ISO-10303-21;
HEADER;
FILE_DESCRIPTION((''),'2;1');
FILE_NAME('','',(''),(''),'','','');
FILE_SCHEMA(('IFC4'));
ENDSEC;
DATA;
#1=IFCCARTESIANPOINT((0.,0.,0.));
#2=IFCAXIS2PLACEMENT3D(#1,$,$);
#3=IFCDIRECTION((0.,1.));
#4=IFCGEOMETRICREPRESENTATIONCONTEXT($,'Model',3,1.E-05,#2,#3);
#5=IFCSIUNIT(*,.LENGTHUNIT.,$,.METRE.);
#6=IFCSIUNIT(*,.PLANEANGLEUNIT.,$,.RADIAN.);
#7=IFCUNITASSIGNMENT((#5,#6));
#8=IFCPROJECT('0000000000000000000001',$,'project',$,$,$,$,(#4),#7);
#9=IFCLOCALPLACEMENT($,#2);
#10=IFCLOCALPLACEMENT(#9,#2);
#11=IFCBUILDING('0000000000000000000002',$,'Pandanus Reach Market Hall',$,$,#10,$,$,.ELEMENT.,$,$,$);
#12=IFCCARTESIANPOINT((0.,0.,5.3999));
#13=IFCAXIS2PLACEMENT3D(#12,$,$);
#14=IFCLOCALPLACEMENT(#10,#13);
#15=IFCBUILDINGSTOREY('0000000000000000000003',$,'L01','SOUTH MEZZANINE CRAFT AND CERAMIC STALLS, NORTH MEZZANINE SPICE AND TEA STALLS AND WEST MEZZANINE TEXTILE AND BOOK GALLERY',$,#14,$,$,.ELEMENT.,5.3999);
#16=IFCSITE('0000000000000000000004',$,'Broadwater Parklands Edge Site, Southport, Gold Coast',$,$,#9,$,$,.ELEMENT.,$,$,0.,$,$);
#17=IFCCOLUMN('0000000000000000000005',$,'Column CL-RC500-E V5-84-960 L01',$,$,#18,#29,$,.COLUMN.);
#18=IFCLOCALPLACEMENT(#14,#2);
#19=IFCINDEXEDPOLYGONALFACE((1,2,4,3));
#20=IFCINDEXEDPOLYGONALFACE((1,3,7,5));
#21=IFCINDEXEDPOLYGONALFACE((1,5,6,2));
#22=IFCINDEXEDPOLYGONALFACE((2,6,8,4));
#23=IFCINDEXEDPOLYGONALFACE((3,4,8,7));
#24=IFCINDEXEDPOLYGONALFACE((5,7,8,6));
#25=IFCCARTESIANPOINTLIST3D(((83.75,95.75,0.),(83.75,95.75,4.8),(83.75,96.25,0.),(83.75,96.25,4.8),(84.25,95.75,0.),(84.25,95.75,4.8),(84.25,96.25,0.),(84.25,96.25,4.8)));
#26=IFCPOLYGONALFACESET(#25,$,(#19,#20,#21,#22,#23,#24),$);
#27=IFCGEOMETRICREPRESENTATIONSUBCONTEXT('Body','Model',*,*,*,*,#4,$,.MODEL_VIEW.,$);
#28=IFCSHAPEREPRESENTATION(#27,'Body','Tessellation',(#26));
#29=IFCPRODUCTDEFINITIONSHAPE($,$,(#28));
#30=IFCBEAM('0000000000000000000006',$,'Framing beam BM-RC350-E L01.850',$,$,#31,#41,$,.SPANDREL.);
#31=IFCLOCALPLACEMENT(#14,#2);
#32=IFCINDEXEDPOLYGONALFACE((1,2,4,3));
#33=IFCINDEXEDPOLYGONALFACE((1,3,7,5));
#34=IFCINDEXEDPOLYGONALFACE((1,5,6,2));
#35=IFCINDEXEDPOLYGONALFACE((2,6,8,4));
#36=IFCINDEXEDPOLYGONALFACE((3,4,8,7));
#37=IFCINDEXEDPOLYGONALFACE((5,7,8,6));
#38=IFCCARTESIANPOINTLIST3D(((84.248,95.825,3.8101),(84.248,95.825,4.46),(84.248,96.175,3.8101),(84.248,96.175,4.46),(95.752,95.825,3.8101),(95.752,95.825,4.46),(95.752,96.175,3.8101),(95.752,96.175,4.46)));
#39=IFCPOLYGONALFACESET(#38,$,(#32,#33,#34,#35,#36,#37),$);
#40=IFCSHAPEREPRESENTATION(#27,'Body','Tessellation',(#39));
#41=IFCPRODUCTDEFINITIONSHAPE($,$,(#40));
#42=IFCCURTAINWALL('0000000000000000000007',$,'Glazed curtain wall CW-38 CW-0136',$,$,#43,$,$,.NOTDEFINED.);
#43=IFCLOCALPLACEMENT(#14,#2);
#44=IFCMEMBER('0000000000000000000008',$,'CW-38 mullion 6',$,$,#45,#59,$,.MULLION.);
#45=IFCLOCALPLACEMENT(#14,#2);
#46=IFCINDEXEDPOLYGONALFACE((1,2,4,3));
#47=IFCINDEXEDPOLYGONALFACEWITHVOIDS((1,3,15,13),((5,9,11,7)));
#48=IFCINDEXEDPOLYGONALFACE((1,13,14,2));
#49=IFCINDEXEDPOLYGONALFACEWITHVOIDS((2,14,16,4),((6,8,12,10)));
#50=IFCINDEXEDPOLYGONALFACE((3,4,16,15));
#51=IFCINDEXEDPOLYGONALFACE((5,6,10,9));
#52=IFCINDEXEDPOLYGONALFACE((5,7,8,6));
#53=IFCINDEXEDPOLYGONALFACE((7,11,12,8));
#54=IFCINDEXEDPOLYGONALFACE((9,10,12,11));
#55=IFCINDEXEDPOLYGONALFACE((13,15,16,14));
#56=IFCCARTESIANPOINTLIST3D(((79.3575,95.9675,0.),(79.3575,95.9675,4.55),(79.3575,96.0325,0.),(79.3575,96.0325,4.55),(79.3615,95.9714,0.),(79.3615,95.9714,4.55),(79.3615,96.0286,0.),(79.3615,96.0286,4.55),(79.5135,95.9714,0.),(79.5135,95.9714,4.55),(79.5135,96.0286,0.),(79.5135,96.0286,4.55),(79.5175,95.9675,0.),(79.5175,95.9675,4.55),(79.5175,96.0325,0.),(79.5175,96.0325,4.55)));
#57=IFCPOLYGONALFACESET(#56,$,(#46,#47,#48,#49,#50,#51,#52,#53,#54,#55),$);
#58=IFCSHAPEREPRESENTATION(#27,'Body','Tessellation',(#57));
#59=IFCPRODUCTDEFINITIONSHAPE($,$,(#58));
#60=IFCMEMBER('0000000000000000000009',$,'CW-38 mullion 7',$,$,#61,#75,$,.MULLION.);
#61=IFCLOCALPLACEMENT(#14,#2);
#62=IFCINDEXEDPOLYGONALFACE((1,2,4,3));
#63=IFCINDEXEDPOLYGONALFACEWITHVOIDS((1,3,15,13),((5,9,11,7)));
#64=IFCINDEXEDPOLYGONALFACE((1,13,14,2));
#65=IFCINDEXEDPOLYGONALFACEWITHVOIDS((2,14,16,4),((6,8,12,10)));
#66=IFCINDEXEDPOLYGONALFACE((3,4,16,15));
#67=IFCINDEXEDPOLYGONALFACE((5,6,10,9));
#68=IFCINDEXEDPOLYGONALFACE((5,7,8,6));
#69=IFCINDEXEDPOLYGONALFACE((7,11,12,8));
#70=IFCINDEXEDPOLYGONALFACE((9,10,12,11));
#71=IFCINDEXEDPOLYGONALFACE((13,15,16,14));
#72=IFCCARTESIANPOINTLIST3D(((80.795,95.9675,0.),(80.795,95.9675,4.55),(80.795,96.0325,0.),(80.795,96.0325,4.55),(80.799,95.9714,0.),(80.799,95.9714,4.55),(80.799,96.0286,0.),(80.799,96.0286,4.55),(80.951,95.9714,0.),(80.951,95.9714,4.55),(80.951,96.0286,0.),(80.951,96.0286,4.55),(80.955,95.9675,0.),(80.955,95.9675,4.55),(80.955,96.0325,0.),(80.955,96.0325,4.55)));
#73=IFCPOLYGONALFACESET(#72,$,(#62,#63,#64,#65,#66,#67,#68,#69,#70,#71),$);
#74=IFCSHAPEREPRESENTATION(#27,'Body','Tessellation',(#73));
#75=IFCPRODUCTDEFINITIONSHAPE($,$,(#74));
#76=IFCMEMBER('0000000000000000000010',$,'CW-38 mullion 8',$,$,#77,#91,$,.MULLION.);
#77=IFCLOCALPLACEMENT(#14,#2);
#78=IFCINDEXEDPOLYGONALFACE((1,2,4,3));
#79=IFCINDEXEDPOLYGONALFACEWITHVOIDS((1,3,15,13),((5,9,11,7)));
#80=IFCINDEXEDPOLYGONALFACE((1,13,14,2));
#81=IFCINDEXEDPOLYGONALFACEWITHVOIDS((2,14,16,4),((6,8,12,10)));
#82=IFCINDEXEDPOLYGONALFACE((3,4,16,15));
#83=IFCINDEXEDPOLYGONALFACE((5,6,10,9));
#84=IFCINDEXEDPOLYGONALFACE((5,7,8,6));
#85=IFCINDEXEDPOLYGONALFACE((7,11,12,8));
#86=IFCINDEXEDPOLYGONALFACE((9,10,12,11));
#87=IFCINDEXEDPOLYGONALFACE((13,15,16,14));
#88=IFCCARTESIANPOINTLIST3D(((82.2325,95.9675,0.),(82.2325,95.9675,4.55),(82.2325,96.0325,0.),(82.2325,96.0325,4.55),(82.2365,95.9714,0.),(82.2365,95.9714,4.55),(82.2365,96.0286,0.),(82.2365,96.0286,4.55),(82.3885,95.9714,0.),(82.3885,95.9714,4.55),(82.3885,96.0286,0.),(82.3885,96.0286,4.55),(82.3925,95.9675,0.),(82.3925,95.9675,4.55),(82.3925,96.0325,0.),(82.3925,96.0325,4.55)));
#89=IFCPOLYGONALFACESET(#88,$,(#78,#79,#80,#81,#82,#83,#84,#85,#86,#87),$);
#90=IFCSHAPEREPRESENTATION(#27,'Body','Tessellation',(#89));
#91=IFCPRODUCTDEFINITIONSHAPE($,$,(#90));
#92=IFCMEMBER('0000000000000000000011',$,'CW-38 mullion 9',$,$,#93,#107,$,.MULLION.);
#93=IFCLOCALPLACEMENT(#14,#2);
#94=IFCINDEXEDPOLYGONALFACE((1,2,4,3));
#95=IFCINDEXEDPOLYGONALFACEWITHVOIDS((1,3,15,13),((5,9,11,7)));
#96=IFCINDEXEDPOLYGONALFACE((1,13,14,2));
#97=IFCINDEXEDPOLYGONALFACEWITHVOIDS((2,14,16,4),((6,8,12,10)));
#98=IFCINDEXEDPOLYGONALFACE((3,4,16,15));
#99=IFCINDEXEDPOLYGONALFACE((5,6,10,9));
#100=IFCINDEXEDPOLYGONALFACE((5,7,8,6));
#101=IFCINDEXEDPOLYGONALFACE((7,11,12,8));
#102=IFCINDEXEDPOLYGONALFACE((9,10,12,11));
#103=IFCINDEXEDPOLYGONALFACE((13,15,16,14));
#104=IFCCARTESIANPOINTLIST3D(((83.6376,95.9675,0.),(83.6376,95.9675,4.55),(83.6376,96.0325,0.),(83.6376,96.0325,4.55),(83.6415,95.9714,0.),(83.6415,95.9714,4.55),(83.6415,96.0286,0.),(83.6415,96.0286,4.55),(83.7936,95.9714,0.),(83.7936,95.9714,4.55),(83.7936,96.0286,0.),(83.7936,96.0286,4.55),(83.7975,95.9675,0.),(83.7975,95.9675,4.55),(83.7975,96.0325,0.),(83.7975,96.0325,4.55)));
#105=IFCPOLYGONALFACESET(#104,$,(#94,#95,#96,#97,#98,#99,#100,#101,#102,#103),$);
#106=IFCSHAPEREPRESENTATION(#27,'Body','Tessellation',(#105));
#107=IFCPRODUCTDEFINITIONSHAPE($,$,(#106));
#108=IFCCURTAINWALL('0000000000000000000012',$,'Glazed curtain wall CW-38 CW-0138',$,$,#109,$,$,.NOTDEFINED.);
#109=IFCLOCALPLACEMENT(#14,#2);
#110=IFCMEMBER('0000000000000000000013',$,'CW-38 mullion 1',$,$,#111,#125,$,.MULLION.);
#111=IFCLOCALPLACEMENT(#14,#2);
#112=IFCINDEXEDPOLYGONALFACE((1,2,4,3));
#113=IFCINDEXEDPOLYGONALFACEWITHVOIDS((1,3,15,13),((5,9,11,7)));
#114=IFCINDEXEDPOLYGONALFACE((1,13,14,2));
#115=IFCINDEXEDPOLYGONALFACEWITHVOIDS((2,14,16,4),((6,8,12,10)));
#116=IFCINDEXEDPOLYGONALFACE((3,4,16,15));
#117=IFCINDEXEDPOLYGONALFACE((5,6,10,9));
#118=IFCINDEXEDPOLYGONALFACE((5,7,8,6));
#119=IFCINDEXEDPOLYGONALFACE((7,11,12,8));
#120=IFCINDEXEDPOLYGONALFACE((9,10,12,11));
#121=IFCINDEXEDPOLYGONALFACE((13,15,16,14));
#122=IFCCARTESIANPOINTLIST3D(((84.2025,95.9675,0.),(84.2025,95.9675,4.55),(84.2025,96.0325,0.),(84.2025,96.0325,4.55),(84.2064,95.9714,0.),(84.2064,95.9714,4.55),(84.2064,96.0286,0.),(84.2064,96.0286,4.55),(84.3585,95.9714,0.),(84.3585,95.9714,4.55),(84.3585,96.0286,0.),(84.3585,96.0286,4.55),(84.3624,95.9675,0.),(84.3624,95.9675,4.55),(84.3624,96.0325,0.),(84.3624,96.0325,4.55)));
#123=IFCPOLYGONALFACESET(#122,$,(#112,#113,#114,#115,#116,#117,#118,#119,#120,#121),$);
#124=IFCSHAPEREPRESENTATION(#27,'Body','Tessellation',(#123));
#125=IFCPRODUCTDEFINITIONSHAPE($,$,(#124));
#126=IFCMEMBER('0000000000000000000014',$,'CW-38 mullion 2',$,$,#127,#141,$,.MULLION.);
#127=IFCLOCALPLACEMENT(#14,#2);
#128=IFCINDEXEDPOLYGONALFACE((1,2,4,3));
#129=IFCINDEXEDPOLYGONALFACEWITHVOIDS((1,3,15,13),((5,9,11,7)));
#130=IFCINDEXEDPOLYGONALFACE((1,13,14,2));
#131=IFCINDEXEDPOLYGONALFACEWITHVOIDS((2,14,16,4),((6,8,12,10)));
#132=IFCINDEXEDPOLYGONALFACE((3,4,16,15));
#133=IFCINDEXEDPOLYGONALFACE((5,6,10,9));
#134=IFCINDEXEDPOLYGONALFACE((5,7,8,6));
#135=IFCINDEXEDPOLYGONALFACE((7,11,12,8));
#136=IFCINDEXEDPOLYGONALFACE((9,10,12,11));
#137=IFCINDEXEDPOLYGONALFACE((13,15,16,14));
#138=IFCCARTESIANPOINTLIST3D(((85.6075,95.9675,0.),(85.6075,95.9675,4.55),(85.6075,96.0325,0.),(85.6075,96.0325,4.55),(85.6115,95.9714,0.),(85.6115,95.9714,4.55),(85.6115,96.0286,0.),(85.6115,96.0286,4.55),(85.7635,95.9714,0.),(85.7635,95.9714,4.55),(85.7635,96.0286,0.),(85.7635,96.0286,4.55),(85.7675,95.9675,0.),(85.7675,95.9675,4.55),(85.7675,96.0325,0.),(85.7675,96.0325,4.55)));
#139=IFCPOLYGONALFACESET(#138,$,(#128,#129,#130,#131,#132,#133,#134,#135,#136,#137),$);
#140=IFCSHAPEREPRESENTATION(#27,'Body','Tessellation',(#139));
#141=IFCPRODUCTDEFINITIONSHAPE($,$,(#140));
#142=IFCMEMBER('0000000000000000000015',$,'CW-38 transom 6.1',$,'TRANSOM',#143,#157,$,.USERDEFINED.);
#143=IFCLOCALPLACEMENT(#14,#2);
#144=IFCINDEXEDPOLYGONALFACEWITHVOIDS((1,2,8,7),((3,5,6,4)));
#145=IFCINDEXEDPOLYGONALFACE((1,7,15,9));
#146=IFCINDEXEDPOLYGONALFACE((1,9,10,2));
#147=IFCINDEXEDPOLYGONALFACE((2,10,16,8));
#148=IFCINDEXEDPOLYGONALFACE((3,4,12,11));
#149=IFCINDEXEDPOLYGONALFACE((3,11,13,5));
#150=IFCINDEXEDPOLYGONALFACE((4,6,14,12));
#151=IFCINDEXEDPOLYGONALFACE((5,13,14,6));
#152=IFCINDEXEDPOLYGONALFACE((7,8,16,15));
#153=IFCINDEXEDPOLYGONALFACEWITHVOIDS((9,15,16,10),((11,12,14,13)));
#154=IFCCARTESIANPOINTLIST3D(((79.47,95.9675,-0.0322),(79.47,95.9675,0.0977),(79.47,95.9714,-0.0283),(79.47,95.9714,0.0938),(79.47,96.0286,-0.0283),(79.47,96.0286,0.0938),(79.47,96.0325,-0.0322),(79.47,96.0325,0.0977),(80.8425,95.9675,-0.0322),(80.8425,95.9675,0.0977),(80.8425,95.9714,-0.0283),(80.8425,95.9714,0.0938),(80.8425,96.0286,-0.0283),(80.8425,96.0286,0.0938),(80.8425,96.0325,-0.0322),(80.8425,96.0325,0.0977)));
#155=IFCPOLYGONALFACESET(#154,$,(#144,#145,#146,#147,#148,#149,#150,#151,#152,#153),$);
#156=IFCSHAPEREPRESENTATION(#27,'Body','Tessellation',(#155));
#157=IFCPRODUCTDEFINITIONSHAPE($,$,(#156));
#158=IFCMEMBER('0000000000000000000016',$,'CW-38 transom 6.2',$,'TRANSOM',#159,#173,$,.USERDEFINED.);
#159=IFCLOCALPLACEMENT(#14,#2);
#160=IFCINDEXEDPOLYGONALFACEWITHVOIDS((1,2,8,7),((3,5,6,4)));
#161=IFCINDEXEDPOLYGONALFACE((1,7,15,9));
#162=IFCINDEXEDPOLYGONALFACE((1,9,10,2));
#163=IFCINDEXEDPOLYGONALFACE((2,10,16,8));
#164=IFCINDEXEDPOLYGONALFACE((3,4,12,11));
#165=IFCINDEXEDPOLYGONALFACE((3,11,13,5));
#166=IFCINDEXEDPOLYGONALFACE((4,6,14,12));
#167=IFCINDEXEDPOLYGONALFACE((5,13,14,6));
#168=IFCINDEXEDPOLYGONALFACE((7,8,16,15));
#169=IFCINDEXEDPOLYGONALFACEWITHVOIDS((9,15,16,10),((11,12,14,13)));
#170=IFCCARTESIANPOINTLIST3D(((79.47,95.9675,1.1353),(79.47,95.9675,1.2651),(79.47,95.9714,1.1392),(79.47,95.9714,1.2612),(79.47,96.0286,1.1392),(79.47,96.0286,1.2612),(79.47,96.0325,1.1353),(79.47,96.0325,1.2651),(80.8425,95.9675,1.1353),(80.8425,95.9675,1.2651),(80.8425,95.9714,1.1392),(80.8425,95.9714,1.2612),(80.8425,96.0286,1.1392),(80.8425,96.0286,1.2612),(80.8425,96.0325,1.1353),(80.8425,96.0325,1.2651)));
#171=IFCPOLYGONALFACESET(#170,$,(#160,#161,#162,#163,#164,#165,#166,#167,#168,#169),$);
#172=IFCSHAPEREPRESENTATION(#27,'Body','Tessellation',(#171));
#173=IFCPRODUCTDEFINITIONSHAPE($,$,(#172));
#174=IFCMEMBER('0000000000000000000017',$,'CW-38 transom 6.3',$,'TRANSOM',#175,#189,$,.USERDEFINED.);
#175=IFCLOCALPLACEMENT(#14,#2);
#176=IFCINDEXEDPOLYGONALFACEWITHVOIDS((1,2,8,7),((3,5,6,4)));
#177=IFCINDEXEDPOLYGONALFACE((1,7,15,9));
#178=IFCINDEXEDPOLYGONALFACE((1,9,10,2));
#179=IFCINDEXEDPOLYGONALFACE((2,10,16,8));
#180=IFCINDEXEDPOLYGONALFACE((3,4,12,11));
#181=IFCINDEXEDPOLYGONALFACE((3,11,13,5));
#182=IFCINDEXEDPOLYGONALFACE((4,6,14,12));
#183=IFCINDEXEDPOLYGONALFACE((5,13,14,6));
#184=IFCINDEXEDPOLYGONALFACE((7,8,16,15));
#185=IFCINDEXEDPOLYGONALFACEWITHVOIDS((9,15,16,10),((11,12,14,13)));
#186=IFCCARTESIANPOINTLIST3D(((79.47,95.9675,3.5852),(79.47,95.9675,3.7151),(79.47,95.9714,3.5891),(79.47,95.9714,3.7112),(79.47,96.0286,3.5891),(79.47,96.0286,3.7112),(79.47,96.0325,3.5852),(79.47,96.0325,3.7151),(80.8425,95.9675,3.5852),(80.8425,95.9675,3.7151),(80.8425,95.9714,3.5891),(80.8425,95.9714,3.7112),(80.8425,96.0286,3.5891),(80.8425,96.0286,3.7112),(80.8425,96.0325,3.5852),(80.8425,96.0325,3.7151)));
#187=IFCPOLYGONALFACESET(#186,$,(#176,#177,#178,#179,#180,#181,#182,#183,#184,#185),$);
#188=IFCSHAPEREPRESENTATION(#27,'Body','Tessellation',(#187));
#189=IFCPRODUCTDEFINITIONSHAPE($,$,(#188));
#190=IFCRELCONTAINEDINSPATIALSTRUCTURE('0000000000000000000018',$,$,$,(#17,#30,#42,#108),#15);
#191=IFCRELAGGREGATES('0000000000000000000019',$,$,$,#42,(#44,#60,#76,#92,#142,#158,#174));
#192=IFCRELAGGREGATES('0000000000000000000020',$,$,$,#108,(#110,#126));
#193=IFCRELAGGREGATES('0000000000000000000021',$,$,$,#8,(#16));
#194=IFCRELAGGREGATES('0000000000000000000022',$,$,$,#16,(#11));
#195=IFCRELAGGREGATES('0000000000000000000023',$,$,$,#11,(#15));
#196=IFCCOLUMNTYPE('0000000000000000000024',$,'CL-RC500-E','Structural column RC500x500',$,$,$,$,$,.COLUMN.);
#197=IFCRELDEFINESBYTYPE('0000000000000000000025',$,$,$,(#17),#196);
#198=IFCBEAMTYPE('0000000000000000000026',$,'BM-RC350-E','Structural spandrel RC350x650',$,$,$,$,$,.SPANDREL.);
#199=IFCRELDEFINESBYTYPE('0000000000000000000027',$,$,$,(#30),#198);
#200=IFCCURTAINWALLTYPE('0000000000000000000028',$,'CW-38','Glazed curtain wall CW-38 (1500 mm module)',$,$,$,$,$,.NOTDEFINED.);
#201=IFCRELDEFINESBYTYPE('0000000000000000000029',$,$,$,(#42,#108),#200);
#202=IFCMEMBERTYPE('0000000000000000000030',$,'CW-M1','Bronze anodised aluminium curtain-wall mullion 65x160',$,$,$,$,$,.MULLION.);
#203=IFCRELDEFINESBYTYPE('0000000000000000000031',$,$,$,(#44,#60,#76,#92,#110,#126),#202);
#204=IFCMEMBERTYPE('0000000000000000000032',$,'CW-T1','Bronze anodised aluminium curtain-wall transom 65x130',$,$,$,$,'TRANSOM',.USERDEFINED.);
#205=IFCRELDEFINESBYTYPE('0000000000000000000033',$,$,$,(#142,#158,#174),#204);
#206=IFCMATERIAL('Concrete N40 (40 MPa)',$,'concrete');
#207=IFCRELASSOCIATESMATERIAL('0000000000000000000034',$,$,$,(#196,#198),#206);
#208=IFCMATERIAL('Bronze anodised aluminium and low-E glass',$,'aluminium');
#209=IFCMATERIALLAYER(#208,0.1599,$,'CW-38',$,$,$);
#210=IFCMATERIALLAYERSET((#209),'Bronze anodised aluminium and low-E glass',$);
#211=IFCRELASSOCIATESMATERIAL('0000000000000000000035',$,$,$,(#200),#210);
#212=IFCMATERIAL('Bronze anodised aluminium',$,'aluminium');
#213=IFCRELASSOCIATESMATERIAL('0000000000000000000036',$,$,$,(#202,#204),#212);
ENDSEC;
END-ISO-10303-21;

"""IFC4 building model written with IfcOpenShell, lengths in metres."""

from ifc_helpers import new_model, si_unit, direction, frame, origin, origin_2d, place, context, subcontext, project, spatial, rectangle, hollow_rectangle, extrude, material, layer, layer_set, material_profile, profile_set, type_object, element, aggregate, save


model = new_model("IFC4")

# Units and contexts
model_context = context("Model", 3, precision=1e-05, world=origin(), true_north=direction((0.0, 1.0)))
body_context = subcontext(model_context, "Body", "Model", "MODEL_VIEW")
ifc_project = project(units=[si_unit("LENGTHUNIT", "METRE"), si_unit("PLANEANGLEUNIT", "RADIAN")], contexts=[model_context])

# Site, building, storey
site_placement = place(None, origin())
site = spatial("IfcSite", under=ifc_project, at=site_placement, Name="Broadwater Parklands Edge Site, Southport, Gold Coast", CompositionType="ELEMENT", RefElevation=0.0)
building_placement = place(site_placement, origin())
building = spatial("IfcBuilding", under=site, at=building_placement, Name="Pandanus Reach Market Hall", CompositionType="ELEMENT")
storey_placement = place(building_placement, frame((0.0, 0.0, 5.3999)))
storey = spatial("IfcBuildingStorey", under=building, at=storey_placement, Name="L01", Description="SOUTH MEZZANINE CRAFT AND CERAMIC STALLS, NORTH MEZZANINE SPICE AND TEA STALLS AND WEST MEZZANINE TEXTILE AND BOOK GALLERY", CompositionType="ELEMENT", Elevation=5.3999)

# Column
ifc_material_1 = material(Name="Concrete N40 (40 MPa)", Category="concrete")
ifc_material_profile_1 = material_profile(ifc_material_1, rectangle(XDim=0.5, YDim=0.5, at=origin_2d()), Name="RC500x500", Category="LoadBearing")
ifc_profile_set_1 = profile_set([ifc_material_profile_1], Name="Concrete N40 (40 MPa)")
column_type = type_object("IfcColumnType", Name="CL-RC500-E", Description="Structural column RC500x500", PredefinedType="COLUMN", material=ifc_profile_set_1)
column_placement = place(storey_placement, frame((84.0, 96.0, 0.0), z_axis=(0.0, 0.0, 1.0), x_axis=(1.0, 0.0, 0.0)))
element("IfcColumn", 1, at=column_placement, inside=storey, type_object=column_type, Name="Column CL-RC500-E V5-84-960 L01", PredefinedType="COLUMN", context=body_context, shape_type="SweptSolid", body=[
    extrude(rectangle(XDim=0.5, YDim=0.5, at=origin_2d()), origin(), (0.0, 0.0, 1.0), 4.8),
])

# Beam
ifc_material_profile_2 = material_profile(ifc_material_1, rectangle(XDim=0.3501, YDim=0.6499, at=origin_2d()), Name="RC350x650", Category="LoadBearing")
ifc_profile_set_2 = profile_set([ifc_material_profile_2], Name="Concrete N40 (40 MPa)")
beam_type = type_object("IfcBeamType", Name="BM-RC350-E", Description="Structural spandrel RC350x650", PredefinedType="SPANDREL", material=ifc_profile_set_2)
beam_placement = place(storey_placement, frame((84.248, 96.0, 4.135), z_axis=(1.0, 0.0, 0.0), x_axis=(0.0, 1.0, 0.0)))
element("IfcBeam", 2, at=beam_placement, inside=storey, type_object=beam_type, Name="Framing beam BM-RC350-E L01.850", PredefinedType="SPANDREL", context=body_context, shape_type="SweptSolid", body=[
    extrude(rectangle(XDim=0.3501, YDim=0.6499, at=origin_2d()), origin(), (0.0, 0.0, 1.0), 11.5039),
])

# Curtain walls, members
ifc_material_2 = material(Name="Bronze anodised aluminium and low-E glass", Category="aluminium")
ifc_layer_1 = layer(ifc_material_2, 0.1599, Name="CW-38")
ifc_layer_set_1 = layer_set([ifc_layer_1], Name="Bronze anodised aluminium and low-E glass")
curtain_wall_type = type_object("IfcCurtainWallType", Name="CW-38", Description="Glazed curtain wall CW-38 (1500 mm module)", PredefinedType="NOTDEFINED", material=ifc_layer_set_1)
curtain_wall_1_placement = place(storey_placement, origin())
curtain_wall_1 = element("IfcCurtainWall", 3, at=curtain_wall_1_placement, inside=storey, type_object=curtain_wall_type, Name="Glazed curtain wall CW-38 CW-0136", PredefinedType="NOTDEFINED")
ifc_material_3 = material(Name="Bronze anodised aluminium", Category="aluminium")
ifc_material_profile_3 = material_profile(ifc_material_3, hollow_rectangle(XDim=0.0649, YDim=0.1599, WallThickness=0.0039, at=origin_2d()), Name="ALU65x160", Category="LoadBearing")
ifc_profile_set_3 = profile_set([ifc_material_profile_3], Name="Bronze anodised aluminium")
member_type_1 = type_object("IfcMemberType", Name="CW-M1", Description="Bronze anodised aluminium curtain-wall mullion 65x160", PredefinedType="MULLION", material=ifc_profile_set_3)
member_1_placement = place(storey_placement, frame((79.4375, 96.0, 0.0), z_axis=(0.0, 0.0, 1.0), x_axis=(0.0, 1.0, 0.0)))
member_1 = element("IfcMember", 4, at=member_1_placement, type_object=member_type_1, Name="CW-38 mullion 6", PredefinedType="MULLION", context=body_context, shape_type="SweptSolid", body=[
    extrude(hollow_rectangle(XDim=0.0649, YDim=0.1599, WallThickness=0.0039, at=origin_2d()), origin(), (0.0, 0.0, 1.0), 4.55),
])
member_2_placement = place(storey_placement, frame((80.875, 96.0, 0.0), z_axis=(0.0, 0.0, 1.0), x_axis=(0.0, 1.0, 0.0)))
member_2 = element("IfcMember", 5, at=member_2_placement, type_object=member_type_1, Name="CW-38 mullion 7", PredefinedType="MULLION", context=body_context, shape_type="SweptSolid", body=[
    extrude(hollow_rectangle(XDim=0.0649, YDim=0.1599, WallThickness=0.0039, at=origin_2d()), origin(), (0.0, 0.0, 1.0), 4.55),
])
member_3_placement = place(storey_placement, frame((82.3125, 96.0, 0.0), z_axis=(0.0, 0.0, 1.0), x_axis=(0.0, 1.0, 0.0)))
member_3 = element("IfcMember", 6, at=member_3_placement, type_object=member_type_1, Name="CW-38 mullion 8", PredefinedType="MULLION", context=body_context, shape_type="SweptSolid", body=[
    extrude(hollow_rectangle(XDim=0.0649, YDim=0.1599, WallThickness=0.0039, at=origin_2d()), origin(), (0.0, 0.0, 1.0), 4.55),
])
member_4_placement = place(storey_placement, frame((83.7175, 96.0, 0.0), z_axis=(0.0, 0.0, 1.0), x_axis=(0.0, 1.0, 0.0)))
member_4 = element("IfcMember", 7, at=member_4_placement, type_object=member_type_1, Name="CW-38 mullion 9", PredefinedType="MULLION", context=body_context, shape_type="SweptSolid", body=[
    extrude(hollow_rectangle(XDim=0.0649, YDim=0.1599, WallThickness=0.0039, at=origin_2d()), origin(), (0.0, 0.0, 1.0), 4.55),
])
curtain_wall_2_placement = place(storey_placement, origin())
curtain_wall_2 = element("IfcCurtainWall", 8, at=curtain_wall_2_placement, inside=storey, type_object=curtain_wall_type, Name="Glazed curtain wall CW-38 CW-0138", PredefinedType="NOTDEFINED")
member_5_placement = place(storey_placement, frame((84.2825, 96.0, 0.0), z_axis=(0.0, 0.0, 1.0), x_axis=(0.0, 1.0, 0.0)))
member_5 = element("IfcMember", 9, at=member_5_placement, type_object=member_type_1, Name="CW-38 mullion 1", PredefinedType="MULLION", context=body_context, shape_type="SweptSolid", body=[
    extrude(hollow_rectangle(XDim=0.0649, YDim=0.1599, WallThickness=0.0039, at=origin_2d()), origin(), (0.0, 0.0, 1.0), 4.55),
])
member_6_placement = place(storey_placement, frame((85.6875, 96.0, 0.0), z_axis=(0.0, 0.0, 1.0), x_axis=(0.0, 1.0, 0.0)))
member_6 = element("IfcMember", 10, at=member_6_placement, type_object=member_type_1, Name="CW-38 mullion 2", PredefinedType="MULLION", context=body_context, shape_type="SweptSolid", body=[
    extrude(hollow_rectangle(XDim=0.0649, YDim=0.1599, WallThickness=0.0039, at=origin_2d()), origin(), (0.0, 0.0, 1.0), 4.55),
])

# Members
ifc_material_profile_4 = material_profile(ifc_material_3, hollow_rectangle(XDim=0.0649, YDim=0.1299, WallThickness=0.0039, at=origin_2d()), Name="ALU65x130", Category="LoadBearing")
ifc_profile_set_4 = profile_set([ifc_material_profile_4], Name="Bronze anodised aluminium")
member_type_2 = type_object("IfcMemberType", Name="CW-T1", Description="Bronze anodised aluminium curtain-wall transom 65x130", ElementType="TRANSOM", PredefinedType="USERDEFINED", material=ifc_profile_set_4)
member_7_placement = place(storey_placement, frame((79.47, 96.0, 0.0327), z_axis=(1.0, 0.0, 0.0), x_axis=(0.0, 1.0, 0.0)))
member_7 = element("IfcMember", 11, at=member_7_placement, type_object=member_type_2, Name="CW-38 transom 6.1", ObjectType="TRANSOM", PredefinedType="USERDEFINED", context=body_context, shape_type="SweptSolid", body=[
    extrude(hollow_rectangle(XDim=0.0649, YDim=0.1299, WallThickness=0.0039, at=origin_2d()), origin(), (0.0, 0.0, 1.0), 1.3726),
])
member_8_placement = place(storey_placement, frame((79.47, 96.0, 1.2002), z_axis=(1.0, 0.0, 0.0), x_axis=(0.0, 1.0, 0.0)))
member_8 = element("IfcMember", 12, at=member_8_placement, type_object=member_type_2, Name="CW-38 transom 6.2", ObjectType="TRANSOM", PredefinedType="USERDEFINED", context=body_context, shape_type="SweptSolid", body=[
    extrude(hollow_rectangle(XDim=0.0649, YDim=0.1299, WallThickness=0.0039, at=origin_2d()), origin(), (0.0, 0.0, 1.0), 1.3726),
])
member_9_placement = place(storey_placement, frame((79.47, 96.0, 3.6501), z_axis=(1.0, 0.0, 0.0), x_axis=(0.0, 1.0, 0.0)))
member_9 = element("IfcMember", 13, at=member_9_placement, type_object=member_type_2, Name="CW-38 transom 6.3", ObjectType="TRANSOM", PredefinedType="USERDEFINED", context=body_context, shape_type="SweptSolid", body=[
    extrude(hollow_rectangle(XDim=0.0649, YDim=0.1299, WallThickness=0.0039, at=origin_2d()), origin(), (0.0, 0.0, 1.0), 1.3726),
])

aggregate(curtain_wall_1, [member_1, member_2, member_3, member_4, member_7, member_8, member_9])
aggregate(curtain_wall_2, [member_5, member_6])

save(model, "model.ifc")
